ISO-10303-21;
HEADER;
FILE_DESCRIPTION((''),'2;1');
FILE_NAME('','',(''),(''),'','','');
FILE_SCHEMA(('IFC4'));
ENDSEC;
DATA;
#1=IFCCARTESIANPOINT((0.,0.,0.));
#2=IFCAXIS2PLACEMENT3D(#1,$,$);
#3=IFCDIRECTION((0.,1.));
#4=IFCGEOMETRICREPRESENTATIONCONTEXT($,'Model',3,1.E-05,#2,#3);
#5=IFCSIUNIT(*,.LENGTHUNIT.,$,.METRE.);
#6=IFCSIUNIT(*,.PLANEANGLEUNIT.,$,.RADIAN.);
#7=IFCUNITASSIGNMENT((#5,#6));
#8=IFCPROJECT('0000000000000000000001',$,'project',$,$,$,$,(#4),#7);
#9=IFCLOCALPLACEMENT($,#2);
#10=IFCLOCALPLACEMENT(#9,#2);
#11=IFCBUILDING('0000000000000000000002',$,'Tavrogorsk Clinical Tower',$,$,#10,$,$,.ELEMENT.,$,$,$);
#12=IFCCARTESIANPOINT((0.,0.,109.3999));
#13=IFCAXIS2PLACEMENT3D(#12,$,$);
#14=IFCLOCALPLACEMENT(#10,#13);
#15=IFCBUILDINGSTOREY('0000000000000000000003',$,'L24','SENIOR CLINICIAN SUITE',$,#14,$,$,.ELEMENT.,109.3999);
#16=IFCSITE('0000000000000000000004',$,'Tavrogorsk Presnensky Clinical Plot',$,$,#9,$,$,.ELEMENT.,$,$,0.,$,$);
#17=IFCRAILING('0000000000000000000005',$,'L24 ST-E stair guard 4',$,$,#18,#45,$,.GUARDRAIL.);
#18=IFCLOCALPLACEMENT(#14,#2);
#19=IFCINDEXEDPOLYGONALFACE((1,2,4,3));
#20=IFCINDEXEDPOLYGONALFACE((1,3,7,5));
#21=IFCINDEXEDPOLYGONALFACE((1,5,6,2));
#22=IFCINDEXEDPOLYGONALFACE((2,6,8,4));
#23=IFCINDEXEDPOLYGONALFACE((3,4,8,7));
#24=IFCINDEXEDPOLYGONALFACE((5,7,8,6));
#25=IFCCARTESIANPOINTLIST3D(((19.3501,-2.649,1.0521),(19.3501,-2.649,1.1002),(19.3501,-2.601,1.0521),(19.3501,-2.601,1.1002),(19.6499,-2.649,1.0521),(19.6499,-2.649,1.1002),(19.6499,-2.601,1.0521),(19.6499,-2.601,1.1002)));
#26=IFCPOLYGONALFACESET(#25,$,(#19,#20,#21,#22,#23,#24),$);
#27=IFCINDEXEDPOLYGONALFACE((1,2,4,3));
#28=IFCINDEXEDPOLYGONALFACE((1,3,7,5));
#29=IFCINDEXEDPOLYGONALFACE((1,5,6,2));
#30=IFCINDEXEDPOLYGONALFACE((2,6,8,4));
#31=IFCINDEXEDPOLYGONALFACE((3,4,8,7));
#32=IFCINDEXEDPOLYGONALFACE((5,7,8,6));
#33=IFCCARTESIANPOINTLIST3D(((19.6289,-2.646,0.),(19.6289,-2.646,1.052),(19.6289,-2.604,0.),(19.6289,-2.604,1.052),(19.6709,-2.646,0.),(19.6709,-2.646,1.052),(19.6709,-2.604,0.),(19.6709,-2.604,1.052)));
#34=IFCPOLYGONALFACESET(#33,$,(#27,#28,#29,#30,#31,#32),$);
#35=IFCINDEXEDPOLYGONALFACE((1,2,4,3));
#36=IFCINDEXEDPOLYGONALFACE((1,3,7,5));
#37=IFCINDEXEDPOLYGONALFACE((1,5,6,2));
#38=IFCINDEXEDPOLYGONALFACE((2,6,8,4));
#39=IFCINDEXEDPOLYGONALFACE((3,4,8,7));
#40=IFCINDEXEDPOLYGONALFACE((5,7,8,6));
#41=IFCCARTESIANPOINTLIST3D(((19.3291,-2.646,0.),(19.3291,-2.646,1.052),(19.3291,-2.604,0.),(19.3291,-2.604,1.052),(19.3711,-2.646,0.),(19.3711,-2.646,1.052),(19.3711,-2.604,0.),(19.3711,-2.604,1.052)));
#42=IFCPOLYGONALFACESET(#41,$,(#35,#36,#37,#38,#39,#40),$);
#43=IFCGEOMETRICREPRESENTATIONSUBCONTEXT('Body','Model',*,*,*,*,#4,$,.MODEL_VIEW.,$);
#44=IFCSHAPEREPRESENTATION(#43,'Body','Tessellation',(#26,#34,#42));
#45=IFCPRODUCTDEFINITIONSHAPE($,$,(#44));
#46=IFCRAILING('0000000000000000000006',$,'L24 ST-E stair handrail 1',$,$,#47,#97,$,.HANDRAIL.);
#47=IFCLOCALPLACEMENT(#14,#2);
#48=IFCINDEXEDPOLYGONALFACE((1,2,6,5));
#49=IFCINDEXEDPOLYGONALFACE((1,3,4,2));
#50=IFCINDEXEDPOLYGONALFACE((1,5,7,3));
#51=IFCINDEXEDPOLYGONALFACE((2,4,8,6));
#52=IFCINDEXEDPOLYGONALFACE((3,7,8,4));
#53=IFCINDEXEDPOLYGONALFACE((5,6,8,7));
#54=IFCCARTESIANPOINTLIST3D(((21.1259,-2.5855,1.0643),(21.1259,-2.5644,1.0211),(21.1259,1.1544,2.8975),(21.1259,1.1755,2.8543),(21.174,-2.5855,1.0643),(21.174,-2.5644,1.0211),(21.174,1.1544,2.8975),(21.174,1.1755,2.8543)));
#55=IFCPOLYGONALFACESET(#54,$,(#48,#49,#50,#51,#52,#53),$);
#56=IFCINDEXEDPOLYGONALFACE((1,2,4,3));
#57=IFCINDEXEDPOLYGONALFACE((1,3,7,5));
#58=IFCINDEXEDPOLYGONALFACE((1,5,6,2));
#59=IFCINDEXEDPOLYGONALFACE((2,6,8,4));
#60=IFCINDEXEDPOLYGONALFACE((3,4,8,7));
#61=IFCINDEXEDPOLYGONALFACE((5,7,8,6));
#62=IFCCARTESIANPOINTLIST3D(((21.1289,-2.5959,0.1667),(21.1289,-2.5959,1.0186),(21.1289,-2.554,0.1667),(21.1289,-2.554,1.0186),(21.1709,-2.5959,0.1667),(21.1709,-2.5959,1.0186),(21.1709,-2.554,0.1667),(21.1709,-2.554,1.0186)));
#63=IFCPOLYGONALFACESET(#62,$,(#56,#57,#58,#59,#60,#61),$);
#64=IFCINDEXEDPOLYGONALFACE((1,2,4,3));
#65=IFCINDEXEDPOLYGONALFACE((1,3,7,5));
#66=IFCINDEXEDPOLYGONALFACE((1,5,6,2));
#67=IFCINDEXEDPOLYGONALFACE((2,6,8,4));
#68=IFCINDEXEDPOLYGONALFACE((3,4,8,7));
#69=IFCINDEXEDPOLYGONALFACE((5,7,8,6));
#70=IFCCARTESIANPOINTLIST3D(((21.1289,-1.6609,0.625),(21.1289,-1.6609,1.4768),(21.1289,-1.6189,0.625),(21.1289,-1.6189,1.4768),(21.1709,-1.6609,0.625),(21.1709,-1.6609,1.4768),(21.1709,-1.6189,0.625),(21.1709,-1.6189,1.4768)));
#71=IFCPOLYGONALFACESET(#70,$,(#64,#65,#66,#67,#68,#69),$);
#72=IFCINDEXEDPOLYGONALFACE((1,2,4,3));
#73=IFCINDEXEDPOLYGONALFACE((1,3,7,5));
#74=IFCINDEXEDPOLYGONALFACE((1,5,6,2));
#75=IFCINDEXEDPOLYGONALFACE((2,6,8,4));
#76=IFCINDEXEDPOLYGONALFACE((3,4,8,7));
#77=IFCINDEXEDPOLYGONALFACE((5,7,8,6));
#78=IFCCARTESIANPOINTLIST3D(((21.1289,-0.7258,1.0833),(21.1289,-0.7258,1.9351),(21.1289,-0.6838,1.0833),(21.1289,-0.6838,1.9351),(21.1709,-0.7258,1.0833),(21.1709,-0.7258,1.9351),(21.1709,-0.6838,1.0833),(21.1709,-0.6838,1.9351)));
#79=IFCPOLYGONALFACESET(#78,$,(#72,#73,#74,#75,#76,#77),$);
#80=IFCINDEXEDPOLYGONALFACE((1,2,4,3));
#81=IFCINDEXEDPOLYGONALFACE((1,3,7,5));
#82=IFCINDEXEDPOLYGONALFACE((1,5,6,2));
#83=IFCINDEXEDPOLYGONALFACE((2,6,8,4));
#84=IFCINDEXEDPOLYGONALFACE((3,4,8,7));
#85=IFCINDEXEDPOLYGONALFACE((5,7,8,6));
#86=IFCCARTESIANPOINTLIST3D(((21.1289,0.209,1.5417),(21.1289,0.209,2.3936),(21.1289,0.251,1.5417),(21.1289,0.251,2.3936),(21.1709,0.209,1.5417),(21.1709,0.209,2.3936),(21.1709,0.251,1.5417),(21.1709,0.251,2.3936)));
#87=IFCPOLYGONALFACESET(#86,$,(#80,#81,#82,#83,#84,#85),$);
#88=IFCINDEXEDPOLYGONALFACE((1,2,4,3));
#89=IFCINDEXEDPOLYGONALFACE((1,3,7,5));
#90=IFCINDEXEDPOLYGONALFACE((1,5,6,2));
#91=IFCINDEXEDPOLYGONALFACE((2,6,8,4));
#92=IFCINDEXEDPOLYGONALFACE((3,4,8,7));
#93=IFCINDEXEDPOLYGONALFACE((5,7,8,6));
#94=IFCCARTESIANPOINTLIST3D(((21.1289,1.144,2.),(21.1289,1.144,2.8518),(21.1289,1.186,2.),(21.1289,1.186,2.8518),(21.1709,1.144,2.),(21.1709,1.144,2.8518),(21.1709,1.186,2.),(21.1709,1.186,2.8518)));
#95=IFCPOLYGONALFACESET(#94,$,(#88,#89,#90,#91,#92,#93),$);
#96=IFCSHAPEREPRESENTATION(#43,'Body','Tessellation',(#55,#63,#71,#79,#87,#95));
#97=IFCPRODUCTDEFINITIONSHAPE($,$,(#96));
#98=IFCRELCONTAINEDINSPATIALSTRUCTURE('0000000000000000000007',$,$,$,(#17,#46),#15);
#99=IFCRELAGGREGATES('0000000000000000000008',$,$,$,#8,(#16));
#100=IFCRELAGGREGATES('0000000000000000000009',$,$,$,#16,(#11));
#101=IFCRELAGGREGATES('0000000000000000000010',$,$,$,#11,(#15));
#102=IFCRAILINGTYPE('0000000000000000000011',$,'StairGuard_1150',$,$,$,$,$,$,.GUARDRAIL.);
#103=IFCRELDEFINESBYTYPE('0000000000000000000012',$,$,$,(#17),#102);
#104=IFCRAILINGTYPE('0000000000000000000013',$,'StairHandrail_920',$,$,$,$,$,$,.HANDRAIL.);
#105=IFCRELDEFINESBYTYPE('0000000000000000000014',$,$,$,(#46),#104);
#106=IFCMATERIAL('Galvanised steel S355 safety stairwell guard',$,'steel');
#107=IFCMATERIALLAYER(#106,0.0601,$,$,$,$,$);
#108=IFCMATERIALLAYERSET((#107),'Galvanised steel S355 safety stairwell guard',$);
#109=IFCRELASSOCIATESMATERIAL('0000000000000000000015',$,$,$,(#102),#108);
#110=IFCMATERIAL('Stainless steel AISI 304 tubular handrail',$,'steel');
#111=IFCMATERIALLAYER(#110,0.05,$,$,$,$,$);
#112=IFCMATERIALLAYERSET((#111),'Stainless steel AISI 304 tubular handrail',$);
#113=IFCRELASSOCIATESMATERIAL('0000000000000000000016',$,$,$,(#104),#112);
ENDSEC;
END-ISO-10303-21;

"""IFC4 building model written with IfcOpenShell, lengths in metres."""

from ifc_helpers import new_model, si_unit, direction, frame, origin, origin_2d, place, context, subcontext, project, spatial, rectangle, extrude, material, layer, layer_set, type_object, element, save


model = new_model("IFC4")

# Units and contexts
model_context = context("Model", 3, precision=1e-05, world=origin(), true_north=direction((0.0, 1.0)))
body_context = subcontext(model_context, "Body", "Model", "MODEL_VIEW")
ifc_project = project(units=[si_unit("LENGTHUNIT", "METRE"), si_unit("PLANEANGLEUNIT", "RADIAN")], contexts=[model_context])

# Site, building, storey
site_placement = place(None, origin())
site = spatial("IfcSite", under=ifc_project, at=site_placement, Name="Tavrogorsk Presnensky Clinical Plot", CompositionType="ELEMENT", RefElevation=0.0)
building_placement = place(site_placement, origin())
building = spatial("IfcBuilding", under=site, at=building_placement, Name="Tavrogorsk Clinical Tower", CompositionType="ELEMENT")
storey_placement = place(building_placement, frame((0.0, 0.0, 109.3999)))
storey = spatial("IfcBuildingStorey", under=building, at=storey_placement, Name="L24", Description="SENIOR CLINICIAN SUITE", CompositionType="ELEMENT", Elevation=109.3999)

# Railings
ifc_material_1 = material(Name="Galvanised steel S355 safety stairwell guard", Category="steel")
ifc_layer_1 = layer(ifc_material_1, 0.0601)
ifc_layer_set_1 = layer_set([ifc_layer_1], Name="Galvanised steel S355 safety stairwell guard")
railing_type_1 = type_object("IfcRailingType", Name="StairGuard_1150", PredefinedType="GUARDRAIL", material=ifc_layer_set_1)
railing_1_placement = place(storey_placement, frame((19.6499, -2.625, 0.0)))
element("IfcRailing", 1, at=railing_1_placement, inside=storey, type_object=railing_type_1, Name="L24 ST-E stair guard 4", PredefinedType="GUARDRAIL", context=body_context, shape_type="SweptSolid", body=[
    extrude(rectangle(XDim=0.0481, YDim=0.0481, at=origin_2d()), frame((0.0, 0.0, 1.0762), z_axis=(-1.0, 0.0, 0.0), x_axis=(0.0, -1.0, 0.0)), (0.0, 0.0, 1.0), 0.2998),
    extrude(rectangle(XDim=0.042, YDim=0.042, at=origin_2d()), origin(), (0.0, 0.0, 1.0), 1.052),
    extrude(rectangle(XDim=0.042, YDim=0.042, at=origin_2d()), frame((-0.2998, 0.0, 0.0)), (0.0, 0.0, 1.0), 1.052),
])
ifc_material_2 = material(Name="Stainless steel AISI 304 tubular handrail", Category="steel")
ifc_layer_2 = layer(ifc_material_2, 0.05)
ifc_layer_set_2 = layer_set([ifc_layer_2], Name="Stainless steel AISI 304 tubular handrail")
railing_type_2 = type_object("IfcRailingType", Name="StairHandrail_920", PredefinedType="HANDRAIL", material=ifc_layer_set_2)
railing_2_placement = place(storey_placement, frame((21.1499, -2.575, 0.1667)))
element("IfcRailing", 2, at=railing_2_placement, inside=storey, type_object=railing_type_2, Name="L24 ST-E stair handrail 1", PredefinedType="HANDRAIL", context=body_context, shape_type="SweptSolid", body=[
    extrude(rectangle(XDim=0.0481, YDim=0.0481, at=origin_2d()), frame((0.0, 0.0, 0.876), z_axis=(0.0, 0.897928, 0.440142), x_axis=(-1.0, 0.0, 0.0)), (0.0, 0.0, 1.0), 4.165),
    extrude(rectangle(XDim=0.042, YDim=0.042, at=origin_2d()), origin(), (0.0, 0.0, 1.0), 0.8518),
    extrude(rectangle(XDim=0.042, YDim=0.042, at=origin_2d()), frame((0.0, 0.9351, 0.4583)), (0.0, 0.0, 1.0), 0.8518),
    extrude(rectangle(XDim=0.042, YDim=0.042, at=origin_2d()), frame((0.0, 1.8701, 0.9165)), (0.0, 0.0, 1.0), 0.8518),
    extrude(rectangle(XDim=0.042, YDim=0.042, at=origin_2d()), frame((0.0, 2.8049, 1.375)), (0.0, 0.0, 1.0), 0.8518),
    extrude(rectangle(XDim=0.042, YDim=0.042, at=origin_2d()), frame((0.0, 3.74, 1.8333)), (0.0, 0.0, 1.0), 0.8518),
])

save(model, "model.ifc")
